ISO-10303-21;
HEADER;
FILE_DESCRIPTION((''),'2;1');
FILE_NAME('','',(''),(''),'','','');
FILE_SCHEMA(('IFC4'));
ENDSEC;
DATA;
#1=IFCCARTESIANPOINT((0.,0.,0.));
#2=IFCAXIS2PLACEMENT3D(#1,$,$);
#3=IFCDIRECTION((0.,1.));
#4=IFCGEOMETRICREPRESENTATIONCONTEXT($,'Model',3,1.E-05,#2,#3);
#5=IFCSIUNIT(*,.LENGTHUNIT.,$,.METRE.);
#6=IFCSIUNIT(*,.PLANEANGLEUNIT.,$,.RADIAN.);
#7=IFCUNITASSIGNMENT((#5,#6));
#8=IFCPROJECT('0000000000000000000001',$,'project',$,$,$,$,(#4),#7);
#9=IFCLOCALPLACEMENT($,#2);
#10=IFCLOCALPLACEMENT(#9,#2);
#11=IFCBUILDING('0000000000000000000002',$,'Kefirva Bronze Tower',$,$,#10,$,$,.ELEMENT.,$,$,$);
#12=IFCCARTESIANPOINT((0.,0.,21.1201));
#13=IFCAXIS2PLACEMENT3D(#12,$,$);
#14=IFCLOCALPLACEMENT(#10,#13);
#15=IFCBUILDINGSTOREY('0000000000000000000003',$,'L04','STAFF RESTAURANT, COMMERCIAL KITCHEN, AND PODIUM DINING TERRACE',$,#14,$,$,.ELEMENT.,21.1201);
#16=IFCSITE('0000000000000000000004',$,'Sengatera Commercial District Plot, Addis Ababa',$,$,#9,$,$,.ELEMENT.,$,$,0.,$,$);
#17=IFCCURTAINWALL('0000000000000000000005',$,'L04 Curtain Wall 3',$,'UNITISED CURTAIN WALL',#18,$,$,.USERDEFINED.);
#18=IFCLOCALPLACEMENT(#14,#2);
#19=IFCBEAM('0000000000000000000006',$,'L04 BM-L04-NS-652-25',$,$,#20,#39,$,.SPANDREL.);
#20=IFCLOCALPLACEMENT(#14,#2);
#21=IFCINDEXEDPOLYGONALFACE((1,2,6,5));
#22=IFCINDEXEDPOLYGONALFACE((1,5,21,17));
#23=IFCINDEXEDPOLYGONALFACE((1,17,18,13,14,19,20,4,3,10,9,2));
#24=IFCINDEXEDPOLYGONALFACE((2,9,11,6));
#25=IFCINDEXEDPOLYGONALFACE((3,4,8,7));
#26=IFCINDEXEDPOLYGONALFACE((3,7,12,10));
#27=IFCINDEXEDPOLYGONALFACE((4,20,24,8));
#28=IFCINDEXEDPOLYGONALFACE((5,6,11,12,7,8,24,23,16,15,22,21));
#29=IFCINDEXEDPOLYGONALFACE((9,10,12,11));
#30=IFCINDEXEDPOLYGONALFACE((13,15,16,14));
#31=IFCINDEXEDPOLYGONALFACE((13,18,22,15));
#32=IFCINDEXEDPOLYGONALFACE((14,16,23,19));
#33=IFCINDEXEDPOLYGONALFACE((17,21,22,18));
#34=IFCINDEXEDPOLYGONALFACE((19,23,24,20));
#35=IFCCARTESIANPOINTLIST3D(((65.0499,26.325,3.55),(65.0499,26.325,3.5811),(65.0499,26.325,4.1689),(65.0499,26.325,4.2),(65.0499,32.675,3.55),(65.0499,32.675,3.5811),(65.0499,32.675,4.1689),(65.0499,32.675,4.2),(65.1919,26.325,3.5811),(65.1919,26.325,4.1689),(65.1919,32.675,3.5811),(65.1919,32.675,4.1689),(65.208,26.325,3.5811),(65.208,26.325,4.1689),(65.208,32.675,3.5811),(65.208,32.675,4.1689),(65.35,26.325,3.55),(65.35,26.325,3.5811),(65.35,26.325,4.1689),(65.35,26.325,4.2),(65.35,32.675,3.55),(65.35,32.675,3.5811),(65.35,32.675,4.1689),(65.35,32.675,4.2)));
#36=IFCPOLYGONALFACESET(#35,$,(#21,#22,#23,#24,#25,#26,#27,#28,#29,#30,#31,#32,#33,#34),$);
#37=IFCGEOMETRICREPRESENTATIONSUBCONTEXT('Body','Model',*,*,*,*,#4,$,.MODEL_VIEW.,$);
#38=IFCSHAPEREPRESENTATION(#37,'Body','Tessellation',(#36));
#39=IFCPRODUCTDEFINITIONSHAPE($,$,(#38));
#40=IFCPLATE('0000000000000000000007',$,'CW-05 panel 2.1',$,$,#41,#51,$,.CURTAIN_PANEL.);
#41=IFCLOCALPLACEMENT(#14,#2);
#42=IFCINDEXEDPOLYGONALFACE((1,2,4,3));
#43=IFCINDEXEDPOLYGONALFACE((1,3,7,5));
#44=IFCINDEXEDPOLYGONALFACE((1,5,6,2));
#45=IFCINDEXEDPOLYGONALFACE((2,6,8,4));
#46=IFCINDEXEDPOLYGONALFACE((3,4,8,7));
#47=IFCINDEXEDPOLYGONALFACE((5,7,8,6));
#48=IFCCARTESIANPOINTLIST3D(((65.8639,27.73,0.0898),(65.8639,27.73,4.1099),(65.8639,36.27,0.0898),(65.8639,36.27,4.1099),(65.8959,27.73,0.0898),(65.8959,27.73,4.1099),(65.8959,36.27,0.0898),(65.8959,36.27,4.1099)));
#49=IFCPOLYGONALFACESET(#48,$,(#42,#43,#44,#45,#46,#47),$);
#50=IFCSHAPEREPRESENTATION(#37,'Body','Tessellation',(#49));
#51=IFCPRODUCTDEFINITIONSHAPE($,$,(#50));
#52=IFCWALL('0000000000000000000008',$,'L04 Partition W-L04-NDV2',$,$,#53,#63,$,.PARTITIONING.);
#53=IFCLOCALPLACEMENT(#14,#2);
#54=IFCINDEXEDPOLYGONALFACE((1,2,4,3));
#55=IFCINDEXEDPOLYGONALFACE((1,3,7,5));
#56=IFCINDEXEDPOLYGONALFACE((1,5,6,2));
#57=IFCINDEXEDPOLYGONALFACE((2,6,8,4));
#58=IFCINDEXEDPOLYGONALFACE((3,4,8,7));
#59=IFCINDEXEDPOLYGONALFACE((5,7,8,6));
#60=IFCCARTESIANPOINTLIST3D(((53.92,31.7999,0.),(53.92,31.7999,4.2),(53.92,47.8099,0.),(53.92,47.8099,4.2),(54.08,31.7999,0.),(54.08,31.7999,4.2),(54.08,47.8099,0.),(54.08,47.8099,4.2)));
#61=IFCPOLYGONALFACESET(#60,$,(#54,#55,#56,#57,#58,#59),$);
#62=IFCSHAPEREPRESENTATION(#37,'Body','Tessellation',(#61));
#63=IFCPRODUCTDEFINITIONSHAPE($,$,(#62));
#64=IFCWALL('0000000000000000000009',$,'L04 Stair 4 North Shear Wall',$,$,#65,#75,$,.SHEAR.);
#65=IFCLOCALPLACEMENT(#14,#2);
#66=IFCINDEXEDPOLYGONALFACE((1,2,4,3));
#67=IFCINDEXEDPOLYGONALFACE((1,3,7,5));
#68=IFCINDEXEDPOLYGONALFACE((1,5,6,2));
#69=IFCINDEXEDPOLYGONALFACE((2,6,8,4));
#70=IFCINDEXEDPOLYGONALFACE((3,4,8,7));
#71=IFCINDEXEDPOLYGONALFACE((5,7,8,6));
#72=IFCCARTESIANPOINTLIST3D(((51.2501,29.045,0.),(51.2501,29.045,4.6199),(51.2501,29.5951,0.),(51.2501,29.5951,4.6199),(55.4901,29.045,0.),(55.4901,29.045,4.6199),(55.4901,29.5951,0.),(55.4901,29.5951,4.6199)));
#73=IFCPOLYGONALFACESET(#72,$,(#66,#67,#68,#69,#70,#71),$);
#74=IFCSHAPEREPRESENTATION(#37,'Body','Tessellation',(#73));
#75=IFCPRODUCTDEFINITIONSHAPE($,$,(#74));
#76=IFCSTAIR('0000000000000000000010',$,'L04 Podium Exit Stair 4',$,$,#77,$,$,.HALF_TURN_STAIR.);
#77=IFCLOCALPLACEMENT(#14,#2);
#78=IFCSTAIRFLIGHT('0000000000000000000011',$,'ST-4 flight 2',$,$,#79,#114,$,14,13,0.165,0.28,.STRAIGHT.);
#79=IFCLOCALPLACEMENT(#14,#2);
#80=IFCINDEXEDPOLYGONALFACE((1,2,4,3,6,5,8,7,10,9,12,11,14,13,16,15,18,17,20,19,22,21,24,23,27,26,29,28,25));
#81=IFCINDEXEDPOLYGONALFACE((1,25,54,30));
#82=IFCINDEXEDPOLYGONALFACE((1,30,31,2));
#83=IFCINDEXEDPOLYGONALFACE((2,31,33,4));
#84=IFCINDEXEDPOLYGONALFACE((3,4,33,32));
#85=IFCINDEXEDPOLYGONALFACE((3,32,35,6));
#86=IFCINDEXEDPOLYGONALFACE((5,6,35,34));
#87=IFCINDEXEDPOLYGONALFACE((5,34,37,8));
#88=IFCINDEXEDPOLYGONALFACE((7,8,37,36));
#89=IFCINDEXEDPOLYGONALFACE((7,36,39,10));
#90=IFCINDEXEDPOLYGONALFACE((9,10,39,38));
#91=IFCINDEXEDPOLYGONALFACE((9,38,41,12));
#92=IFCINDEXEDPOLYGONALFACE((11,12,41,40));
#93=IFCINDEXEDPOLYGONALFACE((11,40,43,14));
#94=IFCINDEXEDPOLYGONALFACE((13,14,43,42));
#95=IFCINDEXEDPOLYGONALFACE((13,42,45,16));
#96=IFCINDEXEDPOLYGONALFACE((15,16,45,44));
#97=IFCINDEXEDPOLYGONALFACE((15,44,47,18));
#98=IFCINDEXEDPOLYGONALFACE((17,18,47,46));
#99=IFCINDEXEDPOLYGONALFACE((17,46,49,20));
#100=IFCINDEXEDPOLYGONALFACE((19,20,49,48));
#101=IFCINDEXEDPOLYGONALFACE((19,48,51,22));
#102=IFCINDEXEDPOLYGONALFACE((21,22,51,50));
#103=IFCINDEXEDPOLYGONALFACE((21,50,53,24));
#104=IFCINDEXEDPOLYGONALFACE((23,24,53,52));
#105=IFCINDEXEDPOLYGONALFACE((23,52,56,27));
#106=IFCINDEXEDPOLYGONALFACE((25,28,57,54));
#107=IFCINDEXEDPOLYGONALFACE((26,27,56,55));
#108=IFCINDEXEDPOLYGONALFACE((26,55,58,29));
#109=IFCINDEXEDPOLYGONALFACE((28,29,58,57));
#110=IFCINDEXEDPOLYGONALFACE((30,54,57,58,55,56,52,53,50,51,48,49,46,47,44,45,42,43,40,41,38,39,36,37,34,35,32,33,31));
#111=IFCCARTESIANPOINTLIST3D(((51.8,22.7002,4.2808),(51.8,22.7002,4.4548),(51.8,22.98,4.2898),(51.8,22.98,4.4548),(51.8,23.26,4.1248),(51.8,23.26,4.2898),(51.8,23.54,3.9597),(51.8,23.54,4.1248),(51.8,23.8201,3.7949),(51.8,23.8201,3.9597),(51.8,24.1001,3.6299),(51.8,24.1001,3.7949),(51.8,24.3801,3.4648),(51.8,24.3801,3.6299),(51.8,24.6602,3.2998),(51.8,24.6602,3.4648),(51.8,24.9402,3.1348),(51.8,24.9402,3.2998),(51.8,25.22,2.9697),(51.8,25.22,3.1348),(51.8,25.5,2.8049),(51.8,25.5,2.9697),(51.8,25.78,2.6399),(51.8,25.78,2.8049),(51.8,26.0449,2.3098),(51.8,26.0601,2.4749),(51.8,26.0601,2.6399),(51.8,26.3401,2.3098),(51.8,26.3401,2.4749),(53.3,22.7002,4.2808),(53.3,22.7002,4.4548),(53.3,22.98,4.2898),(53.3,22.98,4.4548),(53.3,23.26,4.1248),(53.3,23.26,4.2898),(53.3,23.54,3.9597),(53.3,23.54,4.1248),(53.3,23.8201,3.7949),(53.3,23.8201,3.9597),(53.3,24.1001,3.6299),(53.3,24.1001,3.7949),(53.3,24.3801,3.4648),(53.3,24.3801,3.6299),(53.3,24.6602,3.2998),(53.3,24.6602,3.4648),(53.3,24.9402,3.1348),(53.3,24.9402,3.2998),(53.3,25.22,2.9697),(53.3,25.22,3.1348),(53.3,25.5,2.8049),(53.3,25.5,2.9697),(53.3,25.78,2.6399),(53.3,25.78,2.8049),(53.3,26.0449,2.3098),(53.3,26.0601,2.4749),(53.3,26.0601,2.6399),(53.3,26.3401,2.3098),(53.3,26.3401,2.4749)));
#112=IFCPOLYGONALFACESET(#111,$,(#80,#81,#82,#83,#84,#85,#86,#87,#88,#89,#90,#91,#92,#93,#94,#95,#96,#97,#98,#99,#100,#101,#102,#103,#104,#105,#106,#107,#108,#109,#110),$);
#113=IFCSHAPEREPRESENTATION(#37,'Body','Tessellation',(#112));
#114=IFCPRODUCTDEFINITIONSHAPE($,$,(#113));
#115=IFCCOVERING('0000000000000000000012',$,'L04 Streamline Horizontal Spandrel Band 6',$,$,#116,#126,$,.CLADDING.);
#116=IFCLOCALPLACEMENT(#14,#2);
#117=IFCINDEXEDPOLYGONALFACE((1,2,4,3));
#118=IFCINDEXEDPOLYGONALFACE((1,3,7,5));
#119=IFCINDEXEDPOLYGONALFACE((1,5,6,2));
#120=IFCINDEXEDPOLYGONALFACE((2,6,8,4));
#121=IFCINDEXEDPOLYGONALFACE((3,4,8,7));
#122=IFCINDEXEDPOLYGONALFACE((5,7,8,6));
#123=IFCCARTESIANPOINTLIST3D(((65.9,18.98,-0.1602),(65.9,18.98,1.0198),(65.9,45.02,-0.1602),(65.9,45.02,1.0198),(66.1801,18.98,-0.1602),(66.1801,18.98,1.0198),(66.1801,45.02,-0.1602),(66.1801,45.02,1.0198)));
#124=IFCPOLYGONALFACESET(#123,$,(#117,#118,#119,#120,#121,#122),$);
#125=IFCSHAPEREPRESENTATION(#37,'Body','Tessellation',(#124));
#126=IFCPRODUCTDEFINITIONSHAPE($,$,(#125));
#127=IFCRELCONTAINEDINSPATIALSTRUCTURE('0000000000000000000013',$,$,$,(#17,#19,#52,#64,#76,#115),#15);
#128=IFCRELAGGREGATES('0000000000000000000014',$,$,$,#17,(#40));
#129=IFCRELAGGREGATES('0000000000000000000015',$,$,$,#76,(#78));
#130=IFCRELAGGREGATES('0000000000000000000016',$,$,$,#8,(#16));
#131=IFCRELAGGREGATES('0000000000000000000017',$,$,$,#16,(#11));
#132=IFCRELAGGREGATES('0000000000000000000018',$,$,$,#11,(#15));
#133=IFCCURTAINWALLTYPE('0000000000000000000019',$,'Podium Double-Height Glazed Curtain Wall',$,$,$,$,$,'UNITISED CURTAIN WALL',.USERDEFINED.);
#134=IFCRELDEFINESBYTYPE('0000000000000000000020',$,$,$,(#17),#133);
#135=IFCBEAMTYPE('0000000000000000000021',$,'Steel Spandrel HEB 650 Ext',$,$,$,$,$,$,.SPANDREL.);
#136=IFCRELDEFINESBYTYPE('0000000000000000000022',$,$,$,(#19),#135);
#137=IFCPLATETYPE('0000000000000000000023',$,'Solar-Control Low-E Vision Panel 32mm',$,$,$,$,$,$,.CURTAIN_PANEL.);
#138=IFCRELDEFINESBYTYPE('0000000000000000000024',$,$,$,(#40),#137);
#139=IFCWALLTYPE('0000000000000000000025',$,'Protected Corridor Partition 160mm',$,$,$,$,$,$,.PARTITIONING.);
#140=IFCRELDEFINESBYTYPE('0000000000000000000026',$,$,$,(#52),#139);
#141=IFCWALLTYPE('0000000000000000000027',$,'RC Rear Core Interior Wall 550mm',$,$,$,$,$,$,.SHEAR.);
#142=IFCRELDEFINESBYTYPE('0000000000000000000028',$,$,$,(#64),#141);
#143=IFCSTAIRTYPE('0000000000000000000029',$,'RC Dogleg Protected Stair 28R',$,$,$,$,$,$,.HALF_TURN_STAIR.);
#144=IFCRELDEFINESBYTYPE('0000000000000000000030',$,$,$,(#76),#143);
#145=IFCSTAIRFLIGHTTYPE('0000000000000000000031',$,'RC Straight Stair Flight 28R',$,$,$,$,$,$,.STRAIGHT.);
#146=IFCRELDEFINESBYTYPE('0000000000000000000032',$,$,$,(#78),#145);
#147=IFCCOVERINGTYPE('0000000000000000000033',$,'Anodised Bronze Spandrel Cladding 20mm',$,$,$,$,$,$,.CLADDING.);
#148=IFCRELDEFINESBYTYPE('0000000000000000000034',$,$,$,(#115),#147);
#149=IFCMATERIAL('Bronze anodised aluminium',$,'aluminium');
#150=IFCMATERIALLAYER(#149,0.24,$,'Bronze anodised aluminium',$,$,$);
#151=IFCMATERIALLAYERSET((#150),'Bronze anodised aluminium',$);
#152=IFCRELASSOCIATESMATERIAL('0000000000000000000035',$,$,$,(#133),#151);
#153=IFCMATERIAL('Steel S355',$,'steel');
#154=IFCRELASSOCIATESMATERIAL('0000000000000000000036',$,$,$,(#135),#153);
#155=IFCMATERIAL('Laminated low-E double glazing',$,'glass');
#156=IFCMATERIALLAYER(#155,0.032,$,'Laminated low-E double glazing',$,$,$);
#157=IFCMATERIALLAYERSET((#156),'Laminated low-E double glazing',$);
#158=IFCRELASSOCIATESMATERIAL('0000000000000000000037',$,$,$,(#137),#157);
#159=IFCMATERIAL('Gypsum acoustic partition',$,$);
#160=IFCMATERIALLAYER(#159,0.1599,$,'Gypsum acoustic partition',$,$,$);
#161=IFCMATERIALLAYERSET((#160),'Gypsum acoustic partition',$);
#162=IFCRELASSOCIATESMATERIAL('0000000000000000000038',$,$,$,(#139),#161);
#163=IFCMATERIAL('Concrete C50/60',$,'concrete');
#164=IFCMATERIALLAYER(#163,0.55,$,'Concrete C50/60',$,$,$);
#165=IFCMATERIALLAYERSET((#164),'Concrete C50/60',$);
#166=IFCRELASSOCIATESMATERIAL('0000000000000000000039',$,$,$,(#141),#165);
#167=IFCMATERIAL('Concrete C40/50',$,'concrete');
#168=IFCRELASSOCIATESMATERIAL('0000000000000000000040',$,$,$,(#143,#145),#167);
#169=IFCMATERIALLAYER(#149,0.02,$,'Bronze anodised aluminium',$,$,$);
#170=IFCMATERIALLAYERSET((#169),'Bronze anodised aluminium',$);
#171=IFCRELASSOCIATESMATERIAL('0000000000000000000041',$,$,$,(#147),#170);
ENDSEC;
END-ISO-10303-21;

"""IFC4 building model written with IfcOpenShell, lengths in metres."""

from ifc_helpers import new_model, si_unit, direction, frame, frame_2d, origin, origin_2d, place, context, subcontext, project, spatial, polyline, rectangle, i_section, outline, extrude, material, layer, layer_set, material_profile, profile_set, type_object, element, aggregate, save


model = new_model("IFC4")

# Units and contexts
model_context = context("Model", 3, precision=1e-05, world=origin(), true_north=direction((0.0, 1.0)))
body_context = subcontext(model_context, "Body", "Model", "MODEL_VIEW")
ifc_project = project(units=[si_unit("LENGTHUNIT", "METRE"), si_unit("PLANEANGLEUNIT", "RADIAN")], contexts=[model_context])

# Site, building, storey
site_placement = place(None, origin())
site = spatial("IfcSite", under=ifc_project, at=site_placement, Name="Sengatera Commercial District Plot, Addis Ababa", CompositionType="ELEMENT", RefElevation=0.0)
building_placement = place(site_placement, origin())
building = spatial("IfcBuilding", under=site, at=building_placement, Name="Kefirva Bronze Tower", CompositionType="ELEMENT")
storey_placement = place(building_placement, frame((0.0, 0.0, 21.1201)))
storey = spatial("IfcBuildingStorey", under=building, at=storey_placement, Name="L04", Description="STAFF RESTAURANT, COMMERCIAL KITCHEN, AND PODIUM DINING TERRACE", CompositionType="ELEMENT", Elevation=21.1201)

# Curtain wall
ifc_material_1 = material(Name="Bronze anodised aluminium", Category="aluminium")
ifc_layer_1 = layer(ifc_material_1, 0.24, Name="Bronze anodised aluminium")
ifc_layer_set_1 = layer_set([ifc_layer_1], Name="Bronze anodised aluminium")
curtain_wall_type = type_object("IfcCurtainWallType", Name="Podium Double-Height Glazed Curtain Wall", ElementType="UNITISED CURTAIN WALL", PredefinedType="USERDEFINED", material=ifc_layer_set_1)
curtain_wall_placement = place(storey_placement, origin())
curtain_wall = element("IfcCurtainWall", 1, at=curtain_wall_placement, inside=storey, type_object=curtain_wall_type, Name="L04 Curtain Wall 3", ObjectType="UNITISED CURTAIN WALL", PredefinedType="USERDEFINED")

# Beam
ifc_material_2 = material(Name="Steel S355", Category="steel")
ifc_material_profile_1 = material_profile(ifc_material_2, i_section(OverallWidth=0.3, OverallDepth=0.6499, WebThickness=0.0161, FlangeThickness=0.031, at=origin_2d()), Name="HEB 650")
ifc_profile_set_1 = profile_set([ifc_material_profile_1], Name="Steel S355")
beam_type_1 = type_object("IfcBeamType", Name="Steel Spandrel HEB 650 Ext", PredefinedType="SPANDREL", material=ifc_profile_set_1)
beam_1_placement = place(storey_placement, frame((65.2, 26.325, 3.875), z_axis=(0.0, 1.0, 0.0), x_axis=(-1.0, 0.0, 0.0)))
element("IfcBeam", 2, at=beam_1_placement, inside=storey, type_object=beam_type_1, Name="L04 BM-L04-NS-652-25", PredefinedType="SPANDREL", context=body_context, shape_type="SweptSolid", body=[
    extrude(i_section(OverallWidth=0.3, OverallDepth=0.6499, WebThickness=0.0161, FlangeThickness=0.031, at=origin_2d()), origin(), (0.0, 0.0, 1.0), 6.3501),
])

# Plate
ifc_material_3 = material(Name="Laminated low-E double glazing", Category="glass")
ifc_layer_2 = layer(ifc_material_3, 0.032, Name="Laminated low-E double glazing")
ifc_layer_set_2 = layer_set([ifc_layer_2], Name="Laminated low-E double glazing")
plate_type = type_object("IfcPlateType", Name="Solar-Control Low-E Vision Panel 32mm", PredefinedType="CURTAIN_PANEL", material=ifc_layer_set_2)
plate_placement = place(storey_placement, frame((65.8799, 32.0, 0.0898), z_axis=(0.0, 0.0, 1.0), x_axis=(0.0, 1.0, 0.0)))
plate = element("IfcPlate", 3, at=plate_placement, type_object=plate_type, Name="CW-05 panel 2.1", PredefinedType="CURTAIN_PANEL", context=body_context, shape_type="SweptSolid", body=[
    extrude(rectangle(XDim=8.54, YDim=0.032, at=origin_2d()), origin(), (0.0, 0.0, 1.0), 4.02),
])
aggregate(curtain_wall, [plate])

# Walls
ifc_material_4 = material(Name="Gypsum acoustic partition")
ifc_layer_3 = layer(ifc_material_4, 0.1599, Name="Gypsum acoustic partition")
ifc_layer_set_3 = layer_set([ifc_layer_3], Name="Gypsum acoustic partition")
wall_type_1 = type_object("IfcWallType", Name="Protected Corridor Partition 160mm", PredefinedType="PARTITIONING", material=ifc_layer_set_3)
wall_1_placement = place(storey_placement, frame((54.0, 31.8, 0.0), z_axis=(0.0, 0.0, 1.0), x_axis=(0.0, 1.0, 0.0)))
element("IfcWall", 4, at=wall_1_placement, inside=storey, type_object=wall_type_1, Name="L04 Partition W-L04-NDV2", PredefinedType="PARTITIONING", context=body_context, shape_type="SweptSolid", body=[
    extrude(rectangle(XDim=16.01, YDim=0.1599, at=frame_2d((8.0049, 0.0))), origin(), (0.0, 0.0, 1.0), 4.2),
])
ifc_material_5 = material(Name="Concrete C50/60", Category="concrete")
ifc_layer_4 = layer(ifc_material_5, 0.55, Name="Concrete C50/60")
ifc_layer_set_4 = layer_set([ifc_layer_4], Name="Concrete C50/60")
wall_type_2 = type_object("IfcWallType", Name="RC Rear Core Interior Wall 550mm", PredefinedType="SHEAR", material=ifc_layer_set_4)
wall_2_placement = place(storey_placement, frame((51.25, 29.3201, 0.0), z_axis=(0.0, 0.0, 1.0), x_axis=(1.0, 0.0, 0.0)))
element("IfcWall", 5, at=wall_2_placement, inside=storey, type_object=wall_type_2, Name="L04 Stair 4 North Shear Wall", PredefinedType="SHEAR", context=body_context, shape_type="SweptSolid", body=[
    extrude(rectangle(XDim=4.24, YDim=0.55, at=frame_2d((2.1201, 0.0))), origin(), (0.0, 0.0, 1.0), 4.6199),
])

# Stair, stair flight
ifc_material_6 = material(Name="Concrete C40/50", Category="concrete")
stair_type = type_object("IfcStairType", Name="RC Dogleg Protected Stair 28R", PredefinedType="HALF_TURN_STAIR", material=ifc_material_6)
stair_placement = place(storey_placement, origin())
stair = element("IfcStair", 6, at=stair_placement, inside=storey, type_object=stair_type, Name="L04 Podium Exit Stair 4", PredefinedType="HALF_TURN_STAIR")
stair_flight_type = type_object("IfcStairFlightType", Name="RC Straight Stair Flight 28R", PredefinedType="STRAIGHT", material=ifc_material_6)
stair_flight_placement = place(storey_placement, frame((52.55, 26.3401, 2.3098), z_axis=(0.0, 0.0, 1.0), x_axis=(0.0, -1.0, 0.0)))
stair_flight = element("IfcStairFlight", 7, at=stair_flight_placement, type_object=stair_flight_type, Name="ST-4 flight 2", NumberOfRisers=14, NumberOfTreads=13, PredefinedType="STRAIGHT", RiserHeight=0.165, TreadLength=0.28, context=body_context, shape_type="SweptSolid", body=[
    extrude(outline(polyline([(0.0, 0.0), (0.0, 0.165), (0.28, 0.165), (0.28, 0.3301), (0.5601, 0.3301), (0.5601, 0.4951), (0.8401, 0.4951), (0.8401, 0.6599), (1.1201, 0.6599), (1.1201, 0.825), (1.3999, 0.825), (1.3999, 0.99), (1.6799, 0.99), (1.6799, 1.155), (1.96, 1.155), (1.96, 1.3201), (2.24, 1.3201), (2.24, 1.4851), (2.52, 1.4851), (2.52, 1.6499), (2.8, 1.6499), (2.8, 1.8149), (3.0801, 1.8149), (3.0801, 1.98), (3.3601, 1.98), (3.3601, 2.145), (3.6399, 2.145), (3.6399, 2.3101), (3.6399, 1.9709), (0.2952, 0.0), (0.0, 0.0)])), frame((0.0, 0.75, 0.0), z_axis=(0.0, -1.0, 0.0), x_axis=(1.0, 0.0, 0.0)), (0.0, 0.0, 1.0), 1.5),
])
aggregate(stair, [stair_flight])

# Covering
ifc_layer_5 = layer(ifc_material_1, 0.02, Name="Bronze anodised aluminium")
ifc_layer_set_5 = layer_set([ifc_layer_5], Name="Bronze anodised aluminium")
covering_type_1 = type_object("IfcCoveringType", Name="Anodised Bronze Spandrel Cladding 20mm", PredefinedType="CLADDING", material=ifc_layer_set_5)
covering_1_placement = place(storey_placement, frame((66.04, 32.0, -0.1602), z_axis=(0.0, 0.0, 1.0), x_axis=(0.0, 1.0, 0.0)))
element("IfcCovering", 8, at=covering_1_placement, inside=storey, type_object=covering_type_1, Name="L04 Streamline Horizontal Spandrel Band 6", PredefinedType="CLADDING", context=body_context, shape_type="SweptSolid", body=[
    extrude(rectangle(XDim=26.04, YDim=0.28, at=origin_2d()), origin(), (0.0, 0.0, 1.0), 1.1799),
])

save(model, "model.ifc")
